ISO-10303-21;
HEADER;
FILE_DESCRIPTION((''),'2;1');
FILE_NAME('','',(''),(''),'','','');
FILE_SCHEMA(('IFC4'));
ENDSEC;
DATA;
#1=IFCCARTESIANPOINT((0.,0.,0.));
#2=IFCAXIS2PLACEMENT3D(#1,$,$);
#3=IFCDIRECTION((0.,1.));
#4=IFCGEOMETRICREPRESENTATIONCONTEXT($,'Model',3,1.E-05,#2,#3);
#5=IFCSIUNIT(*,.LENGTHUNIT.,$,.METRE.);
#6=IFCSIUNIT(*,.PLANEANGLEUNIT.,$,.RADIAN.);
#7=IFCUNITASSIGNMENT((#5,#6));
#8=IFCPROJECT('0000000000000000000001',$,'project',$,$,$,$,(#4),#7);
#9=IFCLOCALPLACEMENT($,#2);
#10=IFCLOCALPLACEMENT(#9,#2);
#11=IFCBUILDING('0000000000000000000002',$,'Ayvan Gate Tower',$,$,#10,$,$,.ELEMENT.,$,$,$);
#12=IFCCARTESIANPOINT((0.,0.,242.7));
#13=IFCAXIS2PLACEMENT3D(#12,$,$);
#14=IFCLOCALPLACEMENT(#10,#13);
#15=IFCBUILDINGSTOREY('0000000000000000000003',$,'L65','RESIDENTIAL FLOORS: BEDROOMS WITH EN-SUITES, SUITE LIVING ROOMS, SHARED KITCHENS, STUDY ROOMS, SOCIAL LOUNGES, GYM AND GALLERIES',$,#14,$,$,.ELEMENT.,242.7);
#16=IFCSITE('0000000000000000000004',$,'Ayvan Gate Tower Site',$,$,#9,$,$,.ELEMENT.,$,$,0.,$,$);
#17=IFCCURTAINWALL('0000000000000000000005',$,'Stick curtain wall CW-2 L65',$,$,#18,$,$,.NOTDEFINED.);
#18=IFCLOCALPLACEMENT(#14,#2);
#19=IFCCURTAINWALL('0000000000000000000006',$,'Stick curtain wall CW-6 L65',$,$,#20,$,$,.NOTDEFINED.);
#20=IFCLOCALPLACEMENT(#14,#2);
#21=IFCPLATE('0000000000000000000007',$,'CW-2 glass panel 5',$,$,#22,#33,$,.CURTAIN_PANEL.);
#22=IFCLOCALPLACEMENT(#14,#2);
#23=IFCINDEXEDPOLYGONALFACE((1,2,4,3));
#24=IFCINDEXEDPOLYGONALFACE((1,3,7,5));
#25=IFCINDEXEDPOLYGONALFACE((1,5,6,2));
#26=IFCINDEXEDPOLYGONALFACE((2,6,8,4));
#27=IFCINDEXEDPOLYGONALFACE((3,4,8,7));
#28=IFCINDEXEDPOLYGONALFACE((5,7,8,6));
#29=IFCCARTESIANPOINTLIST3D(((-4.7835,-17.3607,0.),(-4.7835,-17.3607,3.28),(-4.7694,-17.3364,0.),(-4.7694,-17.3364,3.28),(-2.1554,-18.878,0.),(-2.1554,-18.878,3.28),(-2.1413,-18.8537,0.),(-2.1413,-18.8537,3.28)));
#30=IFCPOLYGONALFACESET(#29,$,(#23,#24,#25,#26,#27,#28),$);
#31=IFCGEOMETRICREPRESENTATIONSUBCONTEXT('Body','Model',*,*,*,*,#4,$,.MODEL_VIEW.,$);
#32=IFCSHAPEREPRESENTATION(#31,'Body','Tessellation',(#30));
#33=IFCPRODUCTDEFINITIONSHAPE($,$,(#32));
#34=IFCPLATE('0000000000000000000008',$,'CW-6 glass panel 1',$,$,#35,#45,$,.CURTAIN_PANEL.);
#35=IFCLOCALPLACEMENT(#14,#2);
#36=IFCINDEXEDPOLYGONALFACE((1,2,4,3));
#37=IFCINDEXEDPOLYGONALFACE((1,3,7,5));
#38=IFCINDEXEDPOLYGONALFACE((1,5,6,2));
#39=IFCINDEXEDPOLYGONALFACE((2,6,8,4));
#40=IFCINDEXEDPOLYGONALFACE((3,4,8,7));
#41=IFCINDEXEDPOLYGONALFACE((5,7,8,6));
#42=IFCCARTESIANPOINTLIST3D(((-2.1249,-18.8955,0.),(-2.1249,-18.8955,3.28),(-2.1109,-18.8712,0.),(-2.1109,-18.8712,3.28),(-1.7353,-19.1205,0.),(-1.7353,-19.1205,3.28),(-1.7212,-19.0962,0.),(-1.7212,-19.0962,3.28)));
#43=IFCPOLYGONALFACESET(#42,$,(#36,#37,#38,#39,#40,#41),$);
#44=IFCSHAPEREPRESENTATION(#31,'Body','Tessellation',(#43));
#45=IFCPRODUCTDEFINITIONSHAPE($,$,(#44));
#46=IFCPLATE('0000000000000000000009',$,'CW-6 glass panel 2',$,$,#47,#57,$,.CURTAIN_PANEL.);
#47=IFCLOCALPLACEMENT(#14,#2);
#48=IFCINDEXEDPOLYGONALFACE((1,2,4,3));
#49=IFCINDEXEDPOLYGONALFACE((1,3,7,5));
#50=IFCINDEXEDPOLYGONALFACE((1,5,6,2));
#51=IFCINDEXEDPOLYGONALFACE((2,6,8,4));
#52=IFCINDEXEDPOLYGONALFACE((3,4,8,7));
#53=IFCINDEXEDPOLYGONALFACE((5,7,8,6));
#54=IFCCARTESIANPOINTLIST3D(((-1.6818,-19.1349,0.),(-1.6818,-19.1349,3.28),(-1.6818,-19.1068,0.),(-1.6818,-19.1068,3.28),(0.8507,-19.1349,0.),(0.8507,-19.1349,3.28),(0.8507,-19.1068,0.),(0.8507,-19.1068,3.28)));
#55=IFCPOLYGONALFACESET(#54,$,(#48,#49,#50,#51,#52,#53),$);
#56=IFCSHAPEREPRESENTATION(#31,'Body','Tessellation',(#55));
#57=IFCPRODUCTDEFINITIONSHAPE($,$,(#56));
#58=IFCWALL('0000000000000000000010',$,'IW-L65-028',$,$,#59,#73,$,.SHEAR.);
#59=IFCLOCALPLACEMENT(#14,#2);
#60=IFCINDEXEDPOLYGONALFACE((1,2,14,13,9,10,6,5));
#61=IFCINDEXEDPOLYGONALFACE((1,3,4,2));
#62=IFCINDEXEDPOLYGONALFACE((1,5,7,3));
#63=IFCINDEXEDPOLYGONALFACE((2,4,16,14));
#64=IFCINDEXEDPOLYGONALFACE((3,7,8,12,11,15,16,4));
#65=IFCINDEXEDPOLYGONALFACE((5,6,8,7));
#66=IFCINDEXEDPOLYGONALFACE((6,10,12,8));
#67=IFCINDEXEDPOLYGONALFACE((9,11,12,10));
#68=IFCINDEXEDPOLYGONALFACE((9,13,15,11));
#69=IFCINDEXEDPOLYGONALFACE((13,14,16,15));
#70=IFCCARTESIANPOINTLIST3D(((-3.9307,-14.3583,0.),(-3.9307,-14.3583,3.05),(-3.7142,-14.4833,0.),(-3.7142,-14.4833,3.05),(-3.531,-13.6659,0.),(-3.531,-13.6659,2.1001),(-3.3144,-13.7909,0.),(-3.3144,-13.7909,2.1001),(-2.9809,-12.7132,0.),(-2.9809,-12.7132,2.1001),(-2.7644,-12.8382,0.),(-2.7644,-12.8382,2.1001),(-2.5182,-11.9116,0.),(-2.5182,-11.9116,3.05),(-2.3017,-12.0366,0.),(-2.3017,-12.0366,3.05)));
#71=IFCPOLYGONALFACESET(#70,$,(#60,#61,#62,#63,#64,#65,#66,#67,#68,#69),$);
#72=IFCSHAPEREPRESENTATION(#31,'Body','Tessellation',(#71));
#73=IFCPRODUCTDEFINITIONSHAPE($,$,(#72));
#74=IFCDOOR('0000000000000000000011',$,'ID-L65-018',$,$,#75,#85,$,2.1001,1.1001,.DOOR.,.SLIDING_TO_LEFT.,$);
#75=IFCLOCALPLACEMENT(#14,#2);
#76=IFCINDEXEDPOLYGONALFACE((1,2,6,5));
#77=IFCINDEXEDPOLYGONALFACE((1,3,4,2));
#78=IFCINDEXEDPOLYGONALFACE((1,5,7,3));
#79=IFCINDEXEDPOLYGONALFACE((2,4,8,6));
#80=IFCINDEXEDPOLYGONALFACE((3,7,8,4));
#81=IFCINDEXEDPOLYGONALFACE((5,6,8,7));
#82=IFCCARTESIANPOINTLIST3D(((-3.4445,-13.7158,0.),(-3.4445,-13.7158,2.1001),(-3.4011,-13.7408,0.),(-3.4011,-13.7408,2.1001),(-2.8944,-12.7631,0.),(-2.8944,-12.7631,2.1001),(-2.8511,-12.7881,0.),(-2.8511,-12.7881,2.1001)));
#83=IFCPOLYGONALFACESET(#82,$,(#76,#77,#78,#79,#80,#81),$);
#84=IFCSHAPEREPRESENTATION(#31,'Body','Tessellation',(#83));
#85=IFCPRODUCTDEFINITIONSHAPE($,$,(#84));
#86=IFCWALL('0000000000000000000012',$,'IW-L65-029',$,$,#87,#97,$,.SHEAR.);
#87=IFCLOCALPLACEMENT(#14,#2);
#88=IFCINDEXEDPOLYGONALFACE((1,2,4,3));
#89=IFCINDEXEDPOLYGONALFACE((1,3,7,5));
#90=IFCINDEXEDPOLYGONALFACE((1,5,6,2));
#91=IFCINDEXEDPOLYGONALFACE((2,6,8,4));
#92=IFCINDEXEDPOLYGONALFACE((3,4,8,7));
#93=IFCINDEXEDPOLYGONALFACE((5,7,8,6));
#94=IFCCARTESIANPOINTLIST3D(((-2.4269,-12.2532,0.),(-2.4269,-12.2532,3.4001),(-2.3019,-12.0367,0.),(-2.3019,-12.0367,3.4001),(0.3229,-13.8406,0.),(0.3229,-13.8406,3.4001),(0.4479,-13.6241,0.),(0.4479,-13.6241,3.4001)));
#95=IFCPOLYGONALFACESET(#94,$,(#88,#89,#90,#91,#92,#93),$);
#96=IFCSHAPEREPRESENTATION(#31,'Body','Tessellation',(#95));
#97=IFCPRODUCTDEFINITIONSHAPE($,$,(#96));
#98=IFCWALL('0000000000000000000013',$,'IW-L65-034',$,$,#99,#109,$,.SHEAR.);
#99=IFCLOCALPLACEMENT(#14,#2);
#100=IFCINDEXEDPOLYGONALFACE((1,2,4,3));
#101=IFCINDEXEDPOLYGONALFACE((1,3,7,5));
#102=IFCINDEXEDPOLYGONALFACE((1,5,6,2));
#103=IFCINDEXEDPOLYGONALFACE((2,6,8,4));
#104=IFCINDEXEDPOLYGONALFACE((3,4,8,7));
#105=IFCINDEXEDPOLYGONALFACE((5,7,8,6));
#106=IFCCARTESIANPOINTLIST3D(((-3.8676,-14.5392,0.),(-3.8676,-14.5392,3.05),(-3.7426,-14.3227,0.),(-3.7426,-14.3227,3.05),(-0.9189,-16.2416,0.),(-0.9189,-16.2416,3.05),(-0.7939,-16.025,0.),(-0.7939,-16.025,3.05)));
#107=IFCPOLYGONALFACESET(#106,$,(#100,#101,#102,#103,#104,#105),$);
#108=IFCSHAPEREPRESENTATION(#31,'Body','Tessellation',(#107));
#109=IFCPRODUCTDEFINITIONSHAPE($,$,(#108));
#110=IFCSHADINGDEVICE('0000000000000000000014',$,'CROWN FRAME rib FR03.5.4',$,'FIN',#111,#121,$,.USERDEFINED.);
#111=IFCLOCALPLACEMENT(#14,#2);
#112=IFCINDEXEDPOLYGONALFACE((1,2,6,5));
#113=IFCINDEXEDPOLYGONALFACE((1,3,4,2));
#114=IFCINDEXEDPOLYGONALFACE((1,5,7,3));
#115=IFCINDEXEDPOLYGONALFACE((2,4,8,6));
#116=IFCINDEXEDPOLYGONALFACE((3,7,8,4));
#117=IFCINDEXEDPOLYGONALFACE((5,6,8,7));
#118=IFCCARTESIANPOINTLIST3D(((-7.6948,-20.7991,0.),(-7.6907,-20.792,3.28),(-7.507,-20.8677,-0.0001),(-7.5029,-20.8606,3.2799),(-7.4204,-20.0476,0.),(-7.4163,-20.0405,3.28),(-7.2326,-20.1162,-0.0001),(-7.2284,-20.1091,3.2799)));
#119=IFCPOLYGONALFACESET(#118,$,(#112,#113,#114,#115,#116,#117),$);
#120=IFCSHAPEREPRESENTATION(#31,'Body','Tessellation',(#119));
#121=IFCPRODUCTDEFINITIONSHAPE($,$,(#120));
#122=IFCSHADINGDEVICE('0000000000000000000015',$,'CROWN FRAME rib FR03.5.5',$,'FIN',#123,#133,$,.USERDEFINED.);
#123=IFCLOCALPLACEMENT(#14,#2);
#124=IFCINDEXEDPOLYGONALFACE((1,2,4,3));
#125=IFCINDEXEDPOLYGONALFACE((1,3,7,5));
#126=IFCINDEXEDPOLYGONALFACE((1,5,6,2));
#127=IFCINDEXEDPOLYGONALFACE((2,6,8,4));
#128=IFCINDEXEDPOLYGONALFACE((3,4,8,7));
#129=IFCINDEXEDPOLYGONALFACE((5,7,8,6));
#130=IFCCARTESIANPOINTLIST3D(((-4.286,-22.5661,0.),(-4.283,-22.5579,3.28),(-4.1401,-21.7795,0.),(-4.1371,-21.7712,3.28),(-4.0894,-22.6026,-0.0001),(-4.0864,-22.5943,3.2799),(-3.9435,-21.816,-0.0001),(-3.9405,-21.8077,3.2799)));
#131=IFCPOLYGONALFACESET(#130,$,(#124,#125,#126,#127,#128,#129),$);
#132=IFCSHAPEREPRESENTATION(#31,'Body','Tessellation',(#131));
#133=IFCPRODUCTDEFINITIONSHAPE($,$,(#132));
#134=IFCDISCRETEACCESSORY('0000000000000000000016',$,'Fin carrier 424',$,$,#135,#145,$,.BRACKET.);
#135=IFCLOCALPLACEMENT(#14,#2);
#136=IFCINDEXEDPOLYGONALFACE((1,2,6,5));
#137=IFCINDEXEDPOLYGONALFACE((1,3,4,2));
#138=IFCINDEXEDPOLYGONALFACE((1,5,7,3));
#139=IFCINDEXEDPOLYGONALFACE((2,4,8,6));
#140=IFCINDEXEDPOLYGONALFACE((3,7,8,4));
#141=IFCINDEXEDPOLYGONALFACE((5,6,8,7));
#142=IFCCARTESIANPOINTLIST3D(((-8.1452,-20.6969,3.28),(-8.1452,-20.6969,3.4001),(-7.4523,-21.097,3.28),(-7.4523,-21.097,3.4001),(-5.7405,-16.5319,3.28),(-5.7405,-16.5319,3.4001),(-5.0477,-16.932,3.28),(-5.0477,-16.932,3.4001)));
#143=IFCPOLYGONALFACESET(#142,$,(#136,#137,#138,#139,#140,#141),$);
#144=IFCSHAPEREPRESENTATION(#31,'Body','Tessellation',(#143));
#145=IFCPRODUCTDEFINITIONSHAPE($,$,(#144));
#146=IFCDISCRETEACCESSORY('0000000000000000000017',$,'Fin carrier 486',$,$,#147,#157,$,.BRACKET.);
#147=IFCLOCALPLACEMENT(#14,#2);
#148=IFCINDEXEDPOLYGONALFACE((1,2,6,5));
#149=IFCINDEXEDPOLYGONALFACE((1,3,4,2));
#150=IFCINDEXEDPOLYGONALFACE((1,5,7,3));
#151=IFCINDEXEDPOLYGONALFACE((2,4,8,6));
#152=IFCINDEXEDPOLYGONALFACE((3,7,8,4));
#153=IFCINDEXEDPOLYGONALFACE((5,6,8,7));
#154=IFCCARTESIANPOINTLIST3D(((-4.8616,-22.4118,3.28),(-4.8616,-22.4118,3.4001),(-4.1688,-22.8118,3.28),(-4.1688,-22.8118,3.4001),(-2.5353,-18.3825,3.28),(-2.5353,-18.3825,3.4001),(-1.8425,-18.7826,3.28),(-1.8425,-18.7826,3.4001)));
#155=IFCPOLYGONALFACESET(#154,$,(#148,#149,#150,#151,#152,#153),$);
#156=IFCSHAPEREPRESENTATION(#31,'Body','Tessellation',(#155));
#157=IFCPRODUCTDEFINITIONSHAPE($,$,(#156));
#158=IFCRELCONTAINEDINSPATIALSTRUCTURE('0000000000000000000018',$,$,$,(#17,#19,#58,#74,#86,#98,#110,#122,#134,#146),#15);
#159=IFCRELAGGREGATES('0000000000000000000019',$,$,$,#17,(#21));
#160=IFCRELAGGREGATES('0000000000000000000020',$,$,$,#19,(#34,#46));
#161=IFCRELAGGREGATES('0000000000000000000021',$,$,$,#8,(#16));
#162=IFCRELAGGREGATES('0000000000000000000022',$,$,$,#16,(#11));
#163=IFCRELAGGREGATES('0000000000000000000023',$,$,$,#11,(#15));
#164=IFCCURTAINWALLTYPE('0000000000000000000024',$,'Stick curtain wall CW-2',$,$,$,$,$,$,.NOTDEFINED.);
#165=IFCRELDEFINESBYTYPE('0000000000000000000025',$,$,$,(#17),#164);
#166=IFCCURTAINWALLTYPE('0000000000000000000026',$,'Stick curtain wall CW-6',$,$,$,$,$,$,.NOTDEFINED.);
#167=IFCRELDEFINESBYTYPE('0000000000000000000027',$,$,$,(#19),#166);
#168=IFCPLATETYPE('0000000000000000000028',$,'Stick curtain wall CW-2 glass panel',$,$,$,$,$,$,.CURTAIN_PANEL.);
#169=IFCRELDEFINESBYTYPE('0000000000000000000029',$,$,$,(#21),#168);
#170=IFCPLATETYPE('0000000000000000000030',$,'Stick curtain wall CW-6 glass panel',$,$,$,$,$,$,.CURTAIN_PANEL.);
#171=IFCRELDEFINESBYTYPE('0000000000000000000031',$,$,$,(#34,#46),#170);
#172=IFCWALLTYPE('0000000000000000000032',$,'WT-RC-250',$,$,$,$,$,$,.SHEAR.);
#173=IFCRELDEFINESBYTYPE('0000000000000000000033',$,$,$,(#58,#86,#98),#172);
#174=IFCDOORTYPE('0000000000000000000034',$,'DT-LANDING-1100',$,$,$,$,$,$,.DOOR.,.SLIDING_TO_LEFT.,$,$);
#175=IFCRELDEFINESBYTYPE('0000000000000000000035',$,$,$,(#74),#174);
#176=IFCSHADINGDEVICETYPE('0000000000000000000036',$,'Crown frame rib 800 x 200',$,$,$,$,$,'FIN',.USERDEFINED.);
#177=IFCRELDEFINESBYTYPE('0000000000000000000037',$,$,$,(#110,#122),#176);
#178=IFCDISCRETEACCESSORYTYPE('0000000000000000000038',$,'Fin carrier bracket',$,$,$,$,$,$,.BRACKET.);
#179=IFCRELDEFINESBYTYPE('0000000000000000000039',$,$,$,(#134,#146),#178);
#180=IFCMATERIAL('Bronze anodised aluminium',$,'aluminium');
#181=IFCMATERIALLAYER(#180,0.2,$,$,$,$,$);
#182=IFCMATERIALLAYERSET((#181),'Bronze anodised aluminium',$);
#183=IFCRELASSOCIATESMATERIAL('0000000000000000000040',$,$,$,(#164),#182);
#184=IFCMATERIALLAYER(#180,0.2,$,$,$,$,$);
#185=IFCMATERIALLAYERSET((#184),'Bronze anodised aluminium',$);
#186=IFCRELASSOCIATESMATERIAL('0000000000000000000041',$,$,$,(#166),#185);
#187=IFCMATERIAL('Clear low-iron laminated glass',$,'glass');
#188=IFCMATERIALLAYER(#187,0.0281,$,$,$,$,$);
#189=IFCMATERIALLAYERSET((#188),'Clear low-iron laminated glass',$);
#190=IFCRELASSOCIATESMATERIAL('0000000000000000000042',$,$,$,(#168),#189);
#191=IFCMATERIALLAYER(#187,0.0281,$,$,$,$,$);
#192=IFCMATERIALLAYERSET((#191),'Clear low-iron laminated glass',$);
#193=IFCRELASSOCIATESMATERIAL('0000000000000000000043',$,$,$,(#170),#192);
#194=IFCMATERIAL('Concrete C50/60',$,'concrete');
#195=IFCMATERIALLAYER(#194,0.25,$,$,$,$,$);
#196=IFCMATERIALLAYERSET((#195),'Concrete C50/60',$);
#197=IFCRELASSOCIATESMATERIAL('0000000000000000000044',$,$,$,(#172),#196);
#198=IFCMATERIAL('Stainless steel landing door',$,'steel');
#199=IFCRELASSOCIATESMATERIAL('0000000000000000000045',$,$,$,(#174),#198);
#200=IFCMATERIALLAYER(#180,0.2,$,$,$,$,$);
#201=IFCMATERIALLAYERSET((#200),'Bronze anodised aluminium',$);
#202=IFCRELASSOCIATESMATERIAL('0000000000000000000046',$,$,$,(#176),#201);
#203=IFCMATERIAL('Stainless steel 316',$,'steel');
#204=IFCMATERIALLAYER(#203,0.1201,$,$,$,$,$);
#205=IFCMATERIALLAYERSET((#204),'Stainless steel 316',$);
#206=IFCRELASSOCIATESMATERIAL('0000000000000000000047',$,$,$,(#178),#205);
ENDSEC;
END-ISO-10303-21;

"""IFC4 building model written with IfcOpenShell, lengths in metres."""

from ifc_helpers import new_model, si_unit, direction, frame, frame_2d, origin, origin_2d, place, context, subcontext, project, spatial, polyline, rectangle, outline, extrude, material, layer, layer_set, type_object, element, fill, aggregate, save


model = new_model("IFC4")

# Units and contexts
model_context = context("Model", 3, precision=1e-05, world=origin(), true_north=direction((0.0, 1.0)))
body_context = subcontext(model_context, "Body", "Model", "MODEL_VIEW")
ifc_project = project(units=[si_unit("LENGTHUNIT", "METRE"), si_unit("PLANEANGLEUNIT", "RADIAN")], contexts=[model_context])

# Site, building, storey
site_placement = place(None, origin())
site = spatial("IfcSite", under=ifc_project, at=site_placement, Name="Ayvan Gate Tower Site", CompositionType="ELEMENT", RefElevation=0.0)
building_placement = place(site_placement, origin())
building = spatial("IfcBuilding", under=site, at=building_placement, Name="Ayvan Gate Tower", CompositionType="ELEMENT")
storey_placement = place(building_placement, frame((0.0, 0.0, 242.7)))
storey = spatial("IfcBuildingStorey", under=building, at=storey_placement, Name="L65", Description="RESIDENTIAL FLOORS: BEDROOMS WITH EN-SUITES, SUITE LIVING ROOMS, SHARED KITCHENS, STUDY ROOMS, SOCIAL LOUNGES, GYM AND GALLERIES", CompositionType="ELEMENT", Elevation=242.7)

# Shared definitions
ifc_material_1 = material(Name="Concrete C50/60", Category="concrete")

# Curtain walls
ifc_material_2 = material(Name="Bronze anodised aluminium", Category="aluminium")
ifc_layer_1 = layer(ifc_material_2, 0.2)
ifc_layer_set_1 = layer_set([ifc_layer_1], Name="Bronze anodised aluminium")
curtain_wall_type_1 = type_object("IfcCurtainWallType", Name="Stick curtain wall CW-2", PredefinedType="NOTDEFINED", material=ifc_layer_set_1)
curtain_wall_1_placement = place(storey_placement, origin())
curtain_wall_1 = element("IfcCurtainWall", 1, at=curtain_wall_1_placement, inside=storey, type_object=curtain_wall_type_1, Name="Stick curtain wall CW-2 L65", PredefinedType="NOTDEFINED")
ifc_layer_2 = layer(ifc_material_2, 0.2)
ifc_layer_set_2 = layer_set([ifc_layer_2], Name="Bronze anodised aluminium")
curtain_wall_type_2 = type_object("IfcCurtainWallType", Name="Stick curtain wall CW-6", PredefinedType="NOTDEFINED", material=ifc_layer_set_2)
curtain_wall_2_placement = place(storey_placement, origin())
curtain_wall_2 = element("IfcCurtainWall", 2, at=curtain_wall_2_placement, inside=storey, type_object=curtain_wall_type_2, Name="Stick curtain wall CW-6 L65", PredefinedType="NOTDEFINED")

# Plates
ifc_material_3 = material(Name="Clear low-iron laminated glass", Category="glass")
ifc_layer_3 = layer(ifc_material_3, 0.0281)
ifc_layer_set_3 = layer_set([ifc_layer_3], Name="Clear low-iron laminated glass")
plate_type_1 = type_object("IfcPlateType", Name="Stick curtain wall CW-2 glass panel", PredefinedType="CURTAIN_PANEL", material=ifc_layer_set_3)
plate_1_placement = place(storey_placement, frame((-3.4624, -18.1072, 0.0), z_axis=(0.0, 0.0, 1.0), x_axis=(0.866025, -0.5, 0.0)))
plate_1 = element("IfcPlate", 3, at=plate_1_placement, type_object=plate_type_1, Name="CW-2 glass panel 5", PredefinedType="CURTAIN_PANEL", context=body_context, shape_type="SweptSolid", body=[
    extrude(rectangle(XDim=3.0347, YDim=0.0281, at=origin_2d()), origin(), (0.0, 0.0, 1.0), 3.28),
])
aggregate(curtain_wall_1, [plate_1])
ifc_layer_4 = layer(ifc_material_3, 0.0281)
ifc_layer_set_4 = layer_set([ifc_layer_4], Name="Clear low-iron laminated glass")
plate_type_2 = type_object("IfcPlateType", Name="Stick curtain wall CW-6 glass panel", PredefinedType="CURTAIN_PANEL", material=ifc_layer_set_4)
plate_2_placement = place(storey_placement, frame((-1.9231, -18.9958, 0.0), z_axis=(0.0, 0.0, 1.0), x_axis=(0.866025, -0.5, 0.0)))
plate_2 = element("IfcPlate", 4, at=plate_2_placement, type_object=plate_type_2, Name="CW-6 glass panel 1", PredefinedType="CURTAIN_PANEL", context=body_context, shape_type="SweptSolid", body=[
    extrude(rectangle(XDim=0.45, YDim=0.0281, at=origin_2d()), origin(), (0.0, 0.0, 1.0), 3.28),
])
plate_3_placement = place(storey_placement, frame((-0.4155, -19.1208, 0.0), z_axis=(0.0, 0.0, 1.0), x_axis=(1.0, 0.0, 0.0)))
plate_3 = element("IfcPlate", 5, at=plate_3_placement, type_object=plate_type_2, Name="CW-6 glass panel 2", PredefinedType="CURTAIN_PANEL", context=body_context, shape_type="SweptSolid", body=[
    extrude(rectangle(XDim=2.5325, YDim=0.0281, at=origin_2d()), origin(), (0.0, 0.0, 1.0), 3.28),
])
aggregate(curtain_wall_2, [plate_2, plate_3])

# Wall, opening, door
ifc_layer_5 = layer(ifc_material_1, 0.25)
ifc_layer_set_5 = layer_set([ifc_layer_5], Name="Concrete C50/60")
wall_type = type_object("IfcWallType", Name="WT-RC-250", PredefinedType="SHEAR", material=ifc_layer_set_5)
wall_1_placement = place(storey_placement, frame((-2.4099, -11.9741, 0.0), z_axis=(0.0, 0.0, 1.0), x_axis=(-0.499987, -0.866033, 0.0)))
wall_1 = element("IfcWall", 6, at=wall_1_placement, inside=storey, type_object=wall_type, Name="IW-L65-028", PredefinedType="SHEAR", context=body_context, shape_type="SweptSolid", body=[
    extrude(rectangle(XDim=2.8252, YDim=0.25, at=frame_2d((1.4126, 0.0))), origin(), (0.0, 0.0, 1.0), 3.05),
])
opening_placement = place(wall_1_placement, frame((0.9255, 0.0, 0.0)))
opening = element("IfcOpeningElement", 7, at=opening_placement, cuts=wall_1, PredefinedType="OPENING", context=body_context, shape_type="SweptSolid", body=[
    extrude(rectangle(XDim=1.1001, YDim=2.1001, at=frame_2d((0.55, 1.05))), frame((0.0, 0.135, 0.0), z_axis=(0.0, -1.0, 0.0), x_axis=(1.0, 0.0, 0.0)), (0.0, 0.0, 1.0), 0.27),
])
ifc_material_4 = material(Name="Stainless steel landing door", Category="steel")
door_type = type_object("IfcDoorType", Name="DT-LANDING-1100", OperationType="SLIDING_TO_LEFT", PredefinedType="DOOR", material=ifc_material_4)
door_placement = place(opening_placement, origin())
door = element("IfcDoor", 8, at=door_placement, inside=storey, type_object=door_type, Name="ID-L65-018", OperationType="SLIDING_TO_LEFT", OverallHeight=2.1001, OverallWidth=1.1001, PredefinedType="DOOR", context=body_context, shape_type="SweptSolid", body=[
    extrude(rectangle(XDim=1.1001, YDim=2.1001, at=frame_2d((0.55, 1.05))), frame((0.0, 0.0249, 0.0), z_axis=(0.0, -1.0, 0.0), x_axis=(1.0, 0.0, 0.0)), (0.0, 0.0, 1.0), 0.05),
])
fill(opening, door)

# Walls
wall_2_placement = place(storey_placement, frame((-2.3643, -12.145, 0.0), z_axis=(0.0, 0.0, 1.0), x_axis=(0.866049, -0.49996, 0.0)))
element("IfcWall", 9, at=wall_2_placement, inside=storey, type_object=wall_type, Name="IW-L65-029", PredefinedType="SHEAR", context=body_context, shape_type="SweptSolid", body=[
    extrude(rectangle(XDim=3.175, YDim=0.25, at=frame_2d((1.5874, 0.0))), origin(), (0.0, 0.0, 1.0), 3.4001),
])
wall_3_placement = place(storey_placement, frame((-0.8564, -16.1333, 0.0), z_axis=(0.0, 0.0, 1.0), x_axis=(-0.866033, 0.499987, 0.0)))
element("IfcWall", 10, at=wall_3_placement, inside=storey, type_object=wall_type, Name="IW-L65-034", PredefinedType="SHEAR", context=body_context, shape_type="SweptSolid", body=[
    extrude(rectangle(XDim=3.4048, YDim=0.25, at=frame_2d((1.7024, 0.0))), origin(), (0.0, 0.0, 1.0), 3.05),
])

# Shading devices
ifc_layer_6 = layer(ifc_material_2, 0.2)
ifc_layer_set_6 = layer_set([ifc_layer_6], Name="Bronze anodised aluminium")
shading_device_type = type_object("IfcShadingDeviceType", Name="Crown frame rib 800 x 200", ElementType="FIN", PredefinedType="USERDEFINED", material=ifc_layer_set_6)
shading_device_1_placement = place(storey_placement, frame((-7.4204, -20.0476, 0.0), z_axis=(-0.939329, 0.343017, 0.000448), x_axis=(-0.343017, -0.939329, 0.0)))
element("IfcShadingDevice", 11, at=shading_device_1_placement, inside=storey, type_object=shading_device_type, Name="CROWN FRAME rib FR03.5.4", ObjectType="FIN", PredefinedType="USERDEFINED", context=body_context, shape_type="SweptSolid", body=[
    extrude(outline(polyline([(0.0, 0.0), (0.8, 0.0), (0.7919, 3.28), (-0.0081, 3.28), (0.0, 0.0)])), origin(), (0.0, 0.0, -1.0), 0.2),
])
shading_device_2_placement = place(storey_placement, frame((-4.1401, -21.7795, 0.0), z_axis=(-0.983236, 0.182335, 0.000453), x_axis=(-0.182335, -0.983236, 0.0)))
element("IfcShadingDevice", 12, at=shading_device_2_placement, inside=storey, type_object=shading_device_type, Name="CROWN FRAME rib FR03.5.5", ObjectType="FIN", PredefinedType="USERDEFINED", context=body_context, shape_type="SweptSolid", body=[
    extrude(outline(polyline([(0.0, 0.0), (0.8, 0.0), (0.7913, 3.28), (-0.0087, 3.28), (0.0, 0.0)])), origin(), (0.0, 0.0, -1.0), 0.2),
])

# Discrete accessories
ifc_material_5 = material(Name="Stainless steel 316", Category="steel")
ifc_layer_7 = layer(ifc_material_5, 0.1201)
ifc_layer_set_7 = layer_set([ifc_layer_7], Name="Stainless steel 316")
discrete_accessory_type = type_object("IfcDiscreteAccessoryType", Name="Fin carrier bracket", PredefinedType="BRACKET", material=ifc_layer_set_7)
discrete_accessory_1_placement = place(storey_placement, frame((-6.5964, -18.8145, 3.28), z_axis=(0.0, 0.0, 1.0), x_axis=(0.866025, -0.5, 0.0)))
element("IfcDiscreteAccessory", 13, at=discrete_accessory_1_placement, inside=storey, type_object=discrete_accessory_type, Name="Fin carrier 424", PredefinedType="BRACKET", context=body_context, shape_type="SweptSolid", body=[
    extrude(rectangle(XDim=0.8, YDim=4.8093, at=origin_2d()), origin(), (0.0, 0.0, 1.0), 0.1201),
])
discrete_accessory_2_placement = place(storey_placement, frame((-3.3521, -20.5972, 3.28), z_axis=(0.0, 0.0, 1.0), x_axis=(0.866025, -0.5, 0.0)))
element("IfcDiscreteAccessory", 14, at=discrete_accessory_2_placement, inside=storey, type_object=discrete_accessory_type, Name="Fin carrier 486", PredefinedType="BRACKET", context=body_context, shape_type="SweptSolid", body=[
    extrude(rectangle(XDim=0.8, YDim=4.6526, at=origin_2d()), origin(), (0.0, 0.0, 1.0), 0.1201),
])

save(model, "model.ifc")
